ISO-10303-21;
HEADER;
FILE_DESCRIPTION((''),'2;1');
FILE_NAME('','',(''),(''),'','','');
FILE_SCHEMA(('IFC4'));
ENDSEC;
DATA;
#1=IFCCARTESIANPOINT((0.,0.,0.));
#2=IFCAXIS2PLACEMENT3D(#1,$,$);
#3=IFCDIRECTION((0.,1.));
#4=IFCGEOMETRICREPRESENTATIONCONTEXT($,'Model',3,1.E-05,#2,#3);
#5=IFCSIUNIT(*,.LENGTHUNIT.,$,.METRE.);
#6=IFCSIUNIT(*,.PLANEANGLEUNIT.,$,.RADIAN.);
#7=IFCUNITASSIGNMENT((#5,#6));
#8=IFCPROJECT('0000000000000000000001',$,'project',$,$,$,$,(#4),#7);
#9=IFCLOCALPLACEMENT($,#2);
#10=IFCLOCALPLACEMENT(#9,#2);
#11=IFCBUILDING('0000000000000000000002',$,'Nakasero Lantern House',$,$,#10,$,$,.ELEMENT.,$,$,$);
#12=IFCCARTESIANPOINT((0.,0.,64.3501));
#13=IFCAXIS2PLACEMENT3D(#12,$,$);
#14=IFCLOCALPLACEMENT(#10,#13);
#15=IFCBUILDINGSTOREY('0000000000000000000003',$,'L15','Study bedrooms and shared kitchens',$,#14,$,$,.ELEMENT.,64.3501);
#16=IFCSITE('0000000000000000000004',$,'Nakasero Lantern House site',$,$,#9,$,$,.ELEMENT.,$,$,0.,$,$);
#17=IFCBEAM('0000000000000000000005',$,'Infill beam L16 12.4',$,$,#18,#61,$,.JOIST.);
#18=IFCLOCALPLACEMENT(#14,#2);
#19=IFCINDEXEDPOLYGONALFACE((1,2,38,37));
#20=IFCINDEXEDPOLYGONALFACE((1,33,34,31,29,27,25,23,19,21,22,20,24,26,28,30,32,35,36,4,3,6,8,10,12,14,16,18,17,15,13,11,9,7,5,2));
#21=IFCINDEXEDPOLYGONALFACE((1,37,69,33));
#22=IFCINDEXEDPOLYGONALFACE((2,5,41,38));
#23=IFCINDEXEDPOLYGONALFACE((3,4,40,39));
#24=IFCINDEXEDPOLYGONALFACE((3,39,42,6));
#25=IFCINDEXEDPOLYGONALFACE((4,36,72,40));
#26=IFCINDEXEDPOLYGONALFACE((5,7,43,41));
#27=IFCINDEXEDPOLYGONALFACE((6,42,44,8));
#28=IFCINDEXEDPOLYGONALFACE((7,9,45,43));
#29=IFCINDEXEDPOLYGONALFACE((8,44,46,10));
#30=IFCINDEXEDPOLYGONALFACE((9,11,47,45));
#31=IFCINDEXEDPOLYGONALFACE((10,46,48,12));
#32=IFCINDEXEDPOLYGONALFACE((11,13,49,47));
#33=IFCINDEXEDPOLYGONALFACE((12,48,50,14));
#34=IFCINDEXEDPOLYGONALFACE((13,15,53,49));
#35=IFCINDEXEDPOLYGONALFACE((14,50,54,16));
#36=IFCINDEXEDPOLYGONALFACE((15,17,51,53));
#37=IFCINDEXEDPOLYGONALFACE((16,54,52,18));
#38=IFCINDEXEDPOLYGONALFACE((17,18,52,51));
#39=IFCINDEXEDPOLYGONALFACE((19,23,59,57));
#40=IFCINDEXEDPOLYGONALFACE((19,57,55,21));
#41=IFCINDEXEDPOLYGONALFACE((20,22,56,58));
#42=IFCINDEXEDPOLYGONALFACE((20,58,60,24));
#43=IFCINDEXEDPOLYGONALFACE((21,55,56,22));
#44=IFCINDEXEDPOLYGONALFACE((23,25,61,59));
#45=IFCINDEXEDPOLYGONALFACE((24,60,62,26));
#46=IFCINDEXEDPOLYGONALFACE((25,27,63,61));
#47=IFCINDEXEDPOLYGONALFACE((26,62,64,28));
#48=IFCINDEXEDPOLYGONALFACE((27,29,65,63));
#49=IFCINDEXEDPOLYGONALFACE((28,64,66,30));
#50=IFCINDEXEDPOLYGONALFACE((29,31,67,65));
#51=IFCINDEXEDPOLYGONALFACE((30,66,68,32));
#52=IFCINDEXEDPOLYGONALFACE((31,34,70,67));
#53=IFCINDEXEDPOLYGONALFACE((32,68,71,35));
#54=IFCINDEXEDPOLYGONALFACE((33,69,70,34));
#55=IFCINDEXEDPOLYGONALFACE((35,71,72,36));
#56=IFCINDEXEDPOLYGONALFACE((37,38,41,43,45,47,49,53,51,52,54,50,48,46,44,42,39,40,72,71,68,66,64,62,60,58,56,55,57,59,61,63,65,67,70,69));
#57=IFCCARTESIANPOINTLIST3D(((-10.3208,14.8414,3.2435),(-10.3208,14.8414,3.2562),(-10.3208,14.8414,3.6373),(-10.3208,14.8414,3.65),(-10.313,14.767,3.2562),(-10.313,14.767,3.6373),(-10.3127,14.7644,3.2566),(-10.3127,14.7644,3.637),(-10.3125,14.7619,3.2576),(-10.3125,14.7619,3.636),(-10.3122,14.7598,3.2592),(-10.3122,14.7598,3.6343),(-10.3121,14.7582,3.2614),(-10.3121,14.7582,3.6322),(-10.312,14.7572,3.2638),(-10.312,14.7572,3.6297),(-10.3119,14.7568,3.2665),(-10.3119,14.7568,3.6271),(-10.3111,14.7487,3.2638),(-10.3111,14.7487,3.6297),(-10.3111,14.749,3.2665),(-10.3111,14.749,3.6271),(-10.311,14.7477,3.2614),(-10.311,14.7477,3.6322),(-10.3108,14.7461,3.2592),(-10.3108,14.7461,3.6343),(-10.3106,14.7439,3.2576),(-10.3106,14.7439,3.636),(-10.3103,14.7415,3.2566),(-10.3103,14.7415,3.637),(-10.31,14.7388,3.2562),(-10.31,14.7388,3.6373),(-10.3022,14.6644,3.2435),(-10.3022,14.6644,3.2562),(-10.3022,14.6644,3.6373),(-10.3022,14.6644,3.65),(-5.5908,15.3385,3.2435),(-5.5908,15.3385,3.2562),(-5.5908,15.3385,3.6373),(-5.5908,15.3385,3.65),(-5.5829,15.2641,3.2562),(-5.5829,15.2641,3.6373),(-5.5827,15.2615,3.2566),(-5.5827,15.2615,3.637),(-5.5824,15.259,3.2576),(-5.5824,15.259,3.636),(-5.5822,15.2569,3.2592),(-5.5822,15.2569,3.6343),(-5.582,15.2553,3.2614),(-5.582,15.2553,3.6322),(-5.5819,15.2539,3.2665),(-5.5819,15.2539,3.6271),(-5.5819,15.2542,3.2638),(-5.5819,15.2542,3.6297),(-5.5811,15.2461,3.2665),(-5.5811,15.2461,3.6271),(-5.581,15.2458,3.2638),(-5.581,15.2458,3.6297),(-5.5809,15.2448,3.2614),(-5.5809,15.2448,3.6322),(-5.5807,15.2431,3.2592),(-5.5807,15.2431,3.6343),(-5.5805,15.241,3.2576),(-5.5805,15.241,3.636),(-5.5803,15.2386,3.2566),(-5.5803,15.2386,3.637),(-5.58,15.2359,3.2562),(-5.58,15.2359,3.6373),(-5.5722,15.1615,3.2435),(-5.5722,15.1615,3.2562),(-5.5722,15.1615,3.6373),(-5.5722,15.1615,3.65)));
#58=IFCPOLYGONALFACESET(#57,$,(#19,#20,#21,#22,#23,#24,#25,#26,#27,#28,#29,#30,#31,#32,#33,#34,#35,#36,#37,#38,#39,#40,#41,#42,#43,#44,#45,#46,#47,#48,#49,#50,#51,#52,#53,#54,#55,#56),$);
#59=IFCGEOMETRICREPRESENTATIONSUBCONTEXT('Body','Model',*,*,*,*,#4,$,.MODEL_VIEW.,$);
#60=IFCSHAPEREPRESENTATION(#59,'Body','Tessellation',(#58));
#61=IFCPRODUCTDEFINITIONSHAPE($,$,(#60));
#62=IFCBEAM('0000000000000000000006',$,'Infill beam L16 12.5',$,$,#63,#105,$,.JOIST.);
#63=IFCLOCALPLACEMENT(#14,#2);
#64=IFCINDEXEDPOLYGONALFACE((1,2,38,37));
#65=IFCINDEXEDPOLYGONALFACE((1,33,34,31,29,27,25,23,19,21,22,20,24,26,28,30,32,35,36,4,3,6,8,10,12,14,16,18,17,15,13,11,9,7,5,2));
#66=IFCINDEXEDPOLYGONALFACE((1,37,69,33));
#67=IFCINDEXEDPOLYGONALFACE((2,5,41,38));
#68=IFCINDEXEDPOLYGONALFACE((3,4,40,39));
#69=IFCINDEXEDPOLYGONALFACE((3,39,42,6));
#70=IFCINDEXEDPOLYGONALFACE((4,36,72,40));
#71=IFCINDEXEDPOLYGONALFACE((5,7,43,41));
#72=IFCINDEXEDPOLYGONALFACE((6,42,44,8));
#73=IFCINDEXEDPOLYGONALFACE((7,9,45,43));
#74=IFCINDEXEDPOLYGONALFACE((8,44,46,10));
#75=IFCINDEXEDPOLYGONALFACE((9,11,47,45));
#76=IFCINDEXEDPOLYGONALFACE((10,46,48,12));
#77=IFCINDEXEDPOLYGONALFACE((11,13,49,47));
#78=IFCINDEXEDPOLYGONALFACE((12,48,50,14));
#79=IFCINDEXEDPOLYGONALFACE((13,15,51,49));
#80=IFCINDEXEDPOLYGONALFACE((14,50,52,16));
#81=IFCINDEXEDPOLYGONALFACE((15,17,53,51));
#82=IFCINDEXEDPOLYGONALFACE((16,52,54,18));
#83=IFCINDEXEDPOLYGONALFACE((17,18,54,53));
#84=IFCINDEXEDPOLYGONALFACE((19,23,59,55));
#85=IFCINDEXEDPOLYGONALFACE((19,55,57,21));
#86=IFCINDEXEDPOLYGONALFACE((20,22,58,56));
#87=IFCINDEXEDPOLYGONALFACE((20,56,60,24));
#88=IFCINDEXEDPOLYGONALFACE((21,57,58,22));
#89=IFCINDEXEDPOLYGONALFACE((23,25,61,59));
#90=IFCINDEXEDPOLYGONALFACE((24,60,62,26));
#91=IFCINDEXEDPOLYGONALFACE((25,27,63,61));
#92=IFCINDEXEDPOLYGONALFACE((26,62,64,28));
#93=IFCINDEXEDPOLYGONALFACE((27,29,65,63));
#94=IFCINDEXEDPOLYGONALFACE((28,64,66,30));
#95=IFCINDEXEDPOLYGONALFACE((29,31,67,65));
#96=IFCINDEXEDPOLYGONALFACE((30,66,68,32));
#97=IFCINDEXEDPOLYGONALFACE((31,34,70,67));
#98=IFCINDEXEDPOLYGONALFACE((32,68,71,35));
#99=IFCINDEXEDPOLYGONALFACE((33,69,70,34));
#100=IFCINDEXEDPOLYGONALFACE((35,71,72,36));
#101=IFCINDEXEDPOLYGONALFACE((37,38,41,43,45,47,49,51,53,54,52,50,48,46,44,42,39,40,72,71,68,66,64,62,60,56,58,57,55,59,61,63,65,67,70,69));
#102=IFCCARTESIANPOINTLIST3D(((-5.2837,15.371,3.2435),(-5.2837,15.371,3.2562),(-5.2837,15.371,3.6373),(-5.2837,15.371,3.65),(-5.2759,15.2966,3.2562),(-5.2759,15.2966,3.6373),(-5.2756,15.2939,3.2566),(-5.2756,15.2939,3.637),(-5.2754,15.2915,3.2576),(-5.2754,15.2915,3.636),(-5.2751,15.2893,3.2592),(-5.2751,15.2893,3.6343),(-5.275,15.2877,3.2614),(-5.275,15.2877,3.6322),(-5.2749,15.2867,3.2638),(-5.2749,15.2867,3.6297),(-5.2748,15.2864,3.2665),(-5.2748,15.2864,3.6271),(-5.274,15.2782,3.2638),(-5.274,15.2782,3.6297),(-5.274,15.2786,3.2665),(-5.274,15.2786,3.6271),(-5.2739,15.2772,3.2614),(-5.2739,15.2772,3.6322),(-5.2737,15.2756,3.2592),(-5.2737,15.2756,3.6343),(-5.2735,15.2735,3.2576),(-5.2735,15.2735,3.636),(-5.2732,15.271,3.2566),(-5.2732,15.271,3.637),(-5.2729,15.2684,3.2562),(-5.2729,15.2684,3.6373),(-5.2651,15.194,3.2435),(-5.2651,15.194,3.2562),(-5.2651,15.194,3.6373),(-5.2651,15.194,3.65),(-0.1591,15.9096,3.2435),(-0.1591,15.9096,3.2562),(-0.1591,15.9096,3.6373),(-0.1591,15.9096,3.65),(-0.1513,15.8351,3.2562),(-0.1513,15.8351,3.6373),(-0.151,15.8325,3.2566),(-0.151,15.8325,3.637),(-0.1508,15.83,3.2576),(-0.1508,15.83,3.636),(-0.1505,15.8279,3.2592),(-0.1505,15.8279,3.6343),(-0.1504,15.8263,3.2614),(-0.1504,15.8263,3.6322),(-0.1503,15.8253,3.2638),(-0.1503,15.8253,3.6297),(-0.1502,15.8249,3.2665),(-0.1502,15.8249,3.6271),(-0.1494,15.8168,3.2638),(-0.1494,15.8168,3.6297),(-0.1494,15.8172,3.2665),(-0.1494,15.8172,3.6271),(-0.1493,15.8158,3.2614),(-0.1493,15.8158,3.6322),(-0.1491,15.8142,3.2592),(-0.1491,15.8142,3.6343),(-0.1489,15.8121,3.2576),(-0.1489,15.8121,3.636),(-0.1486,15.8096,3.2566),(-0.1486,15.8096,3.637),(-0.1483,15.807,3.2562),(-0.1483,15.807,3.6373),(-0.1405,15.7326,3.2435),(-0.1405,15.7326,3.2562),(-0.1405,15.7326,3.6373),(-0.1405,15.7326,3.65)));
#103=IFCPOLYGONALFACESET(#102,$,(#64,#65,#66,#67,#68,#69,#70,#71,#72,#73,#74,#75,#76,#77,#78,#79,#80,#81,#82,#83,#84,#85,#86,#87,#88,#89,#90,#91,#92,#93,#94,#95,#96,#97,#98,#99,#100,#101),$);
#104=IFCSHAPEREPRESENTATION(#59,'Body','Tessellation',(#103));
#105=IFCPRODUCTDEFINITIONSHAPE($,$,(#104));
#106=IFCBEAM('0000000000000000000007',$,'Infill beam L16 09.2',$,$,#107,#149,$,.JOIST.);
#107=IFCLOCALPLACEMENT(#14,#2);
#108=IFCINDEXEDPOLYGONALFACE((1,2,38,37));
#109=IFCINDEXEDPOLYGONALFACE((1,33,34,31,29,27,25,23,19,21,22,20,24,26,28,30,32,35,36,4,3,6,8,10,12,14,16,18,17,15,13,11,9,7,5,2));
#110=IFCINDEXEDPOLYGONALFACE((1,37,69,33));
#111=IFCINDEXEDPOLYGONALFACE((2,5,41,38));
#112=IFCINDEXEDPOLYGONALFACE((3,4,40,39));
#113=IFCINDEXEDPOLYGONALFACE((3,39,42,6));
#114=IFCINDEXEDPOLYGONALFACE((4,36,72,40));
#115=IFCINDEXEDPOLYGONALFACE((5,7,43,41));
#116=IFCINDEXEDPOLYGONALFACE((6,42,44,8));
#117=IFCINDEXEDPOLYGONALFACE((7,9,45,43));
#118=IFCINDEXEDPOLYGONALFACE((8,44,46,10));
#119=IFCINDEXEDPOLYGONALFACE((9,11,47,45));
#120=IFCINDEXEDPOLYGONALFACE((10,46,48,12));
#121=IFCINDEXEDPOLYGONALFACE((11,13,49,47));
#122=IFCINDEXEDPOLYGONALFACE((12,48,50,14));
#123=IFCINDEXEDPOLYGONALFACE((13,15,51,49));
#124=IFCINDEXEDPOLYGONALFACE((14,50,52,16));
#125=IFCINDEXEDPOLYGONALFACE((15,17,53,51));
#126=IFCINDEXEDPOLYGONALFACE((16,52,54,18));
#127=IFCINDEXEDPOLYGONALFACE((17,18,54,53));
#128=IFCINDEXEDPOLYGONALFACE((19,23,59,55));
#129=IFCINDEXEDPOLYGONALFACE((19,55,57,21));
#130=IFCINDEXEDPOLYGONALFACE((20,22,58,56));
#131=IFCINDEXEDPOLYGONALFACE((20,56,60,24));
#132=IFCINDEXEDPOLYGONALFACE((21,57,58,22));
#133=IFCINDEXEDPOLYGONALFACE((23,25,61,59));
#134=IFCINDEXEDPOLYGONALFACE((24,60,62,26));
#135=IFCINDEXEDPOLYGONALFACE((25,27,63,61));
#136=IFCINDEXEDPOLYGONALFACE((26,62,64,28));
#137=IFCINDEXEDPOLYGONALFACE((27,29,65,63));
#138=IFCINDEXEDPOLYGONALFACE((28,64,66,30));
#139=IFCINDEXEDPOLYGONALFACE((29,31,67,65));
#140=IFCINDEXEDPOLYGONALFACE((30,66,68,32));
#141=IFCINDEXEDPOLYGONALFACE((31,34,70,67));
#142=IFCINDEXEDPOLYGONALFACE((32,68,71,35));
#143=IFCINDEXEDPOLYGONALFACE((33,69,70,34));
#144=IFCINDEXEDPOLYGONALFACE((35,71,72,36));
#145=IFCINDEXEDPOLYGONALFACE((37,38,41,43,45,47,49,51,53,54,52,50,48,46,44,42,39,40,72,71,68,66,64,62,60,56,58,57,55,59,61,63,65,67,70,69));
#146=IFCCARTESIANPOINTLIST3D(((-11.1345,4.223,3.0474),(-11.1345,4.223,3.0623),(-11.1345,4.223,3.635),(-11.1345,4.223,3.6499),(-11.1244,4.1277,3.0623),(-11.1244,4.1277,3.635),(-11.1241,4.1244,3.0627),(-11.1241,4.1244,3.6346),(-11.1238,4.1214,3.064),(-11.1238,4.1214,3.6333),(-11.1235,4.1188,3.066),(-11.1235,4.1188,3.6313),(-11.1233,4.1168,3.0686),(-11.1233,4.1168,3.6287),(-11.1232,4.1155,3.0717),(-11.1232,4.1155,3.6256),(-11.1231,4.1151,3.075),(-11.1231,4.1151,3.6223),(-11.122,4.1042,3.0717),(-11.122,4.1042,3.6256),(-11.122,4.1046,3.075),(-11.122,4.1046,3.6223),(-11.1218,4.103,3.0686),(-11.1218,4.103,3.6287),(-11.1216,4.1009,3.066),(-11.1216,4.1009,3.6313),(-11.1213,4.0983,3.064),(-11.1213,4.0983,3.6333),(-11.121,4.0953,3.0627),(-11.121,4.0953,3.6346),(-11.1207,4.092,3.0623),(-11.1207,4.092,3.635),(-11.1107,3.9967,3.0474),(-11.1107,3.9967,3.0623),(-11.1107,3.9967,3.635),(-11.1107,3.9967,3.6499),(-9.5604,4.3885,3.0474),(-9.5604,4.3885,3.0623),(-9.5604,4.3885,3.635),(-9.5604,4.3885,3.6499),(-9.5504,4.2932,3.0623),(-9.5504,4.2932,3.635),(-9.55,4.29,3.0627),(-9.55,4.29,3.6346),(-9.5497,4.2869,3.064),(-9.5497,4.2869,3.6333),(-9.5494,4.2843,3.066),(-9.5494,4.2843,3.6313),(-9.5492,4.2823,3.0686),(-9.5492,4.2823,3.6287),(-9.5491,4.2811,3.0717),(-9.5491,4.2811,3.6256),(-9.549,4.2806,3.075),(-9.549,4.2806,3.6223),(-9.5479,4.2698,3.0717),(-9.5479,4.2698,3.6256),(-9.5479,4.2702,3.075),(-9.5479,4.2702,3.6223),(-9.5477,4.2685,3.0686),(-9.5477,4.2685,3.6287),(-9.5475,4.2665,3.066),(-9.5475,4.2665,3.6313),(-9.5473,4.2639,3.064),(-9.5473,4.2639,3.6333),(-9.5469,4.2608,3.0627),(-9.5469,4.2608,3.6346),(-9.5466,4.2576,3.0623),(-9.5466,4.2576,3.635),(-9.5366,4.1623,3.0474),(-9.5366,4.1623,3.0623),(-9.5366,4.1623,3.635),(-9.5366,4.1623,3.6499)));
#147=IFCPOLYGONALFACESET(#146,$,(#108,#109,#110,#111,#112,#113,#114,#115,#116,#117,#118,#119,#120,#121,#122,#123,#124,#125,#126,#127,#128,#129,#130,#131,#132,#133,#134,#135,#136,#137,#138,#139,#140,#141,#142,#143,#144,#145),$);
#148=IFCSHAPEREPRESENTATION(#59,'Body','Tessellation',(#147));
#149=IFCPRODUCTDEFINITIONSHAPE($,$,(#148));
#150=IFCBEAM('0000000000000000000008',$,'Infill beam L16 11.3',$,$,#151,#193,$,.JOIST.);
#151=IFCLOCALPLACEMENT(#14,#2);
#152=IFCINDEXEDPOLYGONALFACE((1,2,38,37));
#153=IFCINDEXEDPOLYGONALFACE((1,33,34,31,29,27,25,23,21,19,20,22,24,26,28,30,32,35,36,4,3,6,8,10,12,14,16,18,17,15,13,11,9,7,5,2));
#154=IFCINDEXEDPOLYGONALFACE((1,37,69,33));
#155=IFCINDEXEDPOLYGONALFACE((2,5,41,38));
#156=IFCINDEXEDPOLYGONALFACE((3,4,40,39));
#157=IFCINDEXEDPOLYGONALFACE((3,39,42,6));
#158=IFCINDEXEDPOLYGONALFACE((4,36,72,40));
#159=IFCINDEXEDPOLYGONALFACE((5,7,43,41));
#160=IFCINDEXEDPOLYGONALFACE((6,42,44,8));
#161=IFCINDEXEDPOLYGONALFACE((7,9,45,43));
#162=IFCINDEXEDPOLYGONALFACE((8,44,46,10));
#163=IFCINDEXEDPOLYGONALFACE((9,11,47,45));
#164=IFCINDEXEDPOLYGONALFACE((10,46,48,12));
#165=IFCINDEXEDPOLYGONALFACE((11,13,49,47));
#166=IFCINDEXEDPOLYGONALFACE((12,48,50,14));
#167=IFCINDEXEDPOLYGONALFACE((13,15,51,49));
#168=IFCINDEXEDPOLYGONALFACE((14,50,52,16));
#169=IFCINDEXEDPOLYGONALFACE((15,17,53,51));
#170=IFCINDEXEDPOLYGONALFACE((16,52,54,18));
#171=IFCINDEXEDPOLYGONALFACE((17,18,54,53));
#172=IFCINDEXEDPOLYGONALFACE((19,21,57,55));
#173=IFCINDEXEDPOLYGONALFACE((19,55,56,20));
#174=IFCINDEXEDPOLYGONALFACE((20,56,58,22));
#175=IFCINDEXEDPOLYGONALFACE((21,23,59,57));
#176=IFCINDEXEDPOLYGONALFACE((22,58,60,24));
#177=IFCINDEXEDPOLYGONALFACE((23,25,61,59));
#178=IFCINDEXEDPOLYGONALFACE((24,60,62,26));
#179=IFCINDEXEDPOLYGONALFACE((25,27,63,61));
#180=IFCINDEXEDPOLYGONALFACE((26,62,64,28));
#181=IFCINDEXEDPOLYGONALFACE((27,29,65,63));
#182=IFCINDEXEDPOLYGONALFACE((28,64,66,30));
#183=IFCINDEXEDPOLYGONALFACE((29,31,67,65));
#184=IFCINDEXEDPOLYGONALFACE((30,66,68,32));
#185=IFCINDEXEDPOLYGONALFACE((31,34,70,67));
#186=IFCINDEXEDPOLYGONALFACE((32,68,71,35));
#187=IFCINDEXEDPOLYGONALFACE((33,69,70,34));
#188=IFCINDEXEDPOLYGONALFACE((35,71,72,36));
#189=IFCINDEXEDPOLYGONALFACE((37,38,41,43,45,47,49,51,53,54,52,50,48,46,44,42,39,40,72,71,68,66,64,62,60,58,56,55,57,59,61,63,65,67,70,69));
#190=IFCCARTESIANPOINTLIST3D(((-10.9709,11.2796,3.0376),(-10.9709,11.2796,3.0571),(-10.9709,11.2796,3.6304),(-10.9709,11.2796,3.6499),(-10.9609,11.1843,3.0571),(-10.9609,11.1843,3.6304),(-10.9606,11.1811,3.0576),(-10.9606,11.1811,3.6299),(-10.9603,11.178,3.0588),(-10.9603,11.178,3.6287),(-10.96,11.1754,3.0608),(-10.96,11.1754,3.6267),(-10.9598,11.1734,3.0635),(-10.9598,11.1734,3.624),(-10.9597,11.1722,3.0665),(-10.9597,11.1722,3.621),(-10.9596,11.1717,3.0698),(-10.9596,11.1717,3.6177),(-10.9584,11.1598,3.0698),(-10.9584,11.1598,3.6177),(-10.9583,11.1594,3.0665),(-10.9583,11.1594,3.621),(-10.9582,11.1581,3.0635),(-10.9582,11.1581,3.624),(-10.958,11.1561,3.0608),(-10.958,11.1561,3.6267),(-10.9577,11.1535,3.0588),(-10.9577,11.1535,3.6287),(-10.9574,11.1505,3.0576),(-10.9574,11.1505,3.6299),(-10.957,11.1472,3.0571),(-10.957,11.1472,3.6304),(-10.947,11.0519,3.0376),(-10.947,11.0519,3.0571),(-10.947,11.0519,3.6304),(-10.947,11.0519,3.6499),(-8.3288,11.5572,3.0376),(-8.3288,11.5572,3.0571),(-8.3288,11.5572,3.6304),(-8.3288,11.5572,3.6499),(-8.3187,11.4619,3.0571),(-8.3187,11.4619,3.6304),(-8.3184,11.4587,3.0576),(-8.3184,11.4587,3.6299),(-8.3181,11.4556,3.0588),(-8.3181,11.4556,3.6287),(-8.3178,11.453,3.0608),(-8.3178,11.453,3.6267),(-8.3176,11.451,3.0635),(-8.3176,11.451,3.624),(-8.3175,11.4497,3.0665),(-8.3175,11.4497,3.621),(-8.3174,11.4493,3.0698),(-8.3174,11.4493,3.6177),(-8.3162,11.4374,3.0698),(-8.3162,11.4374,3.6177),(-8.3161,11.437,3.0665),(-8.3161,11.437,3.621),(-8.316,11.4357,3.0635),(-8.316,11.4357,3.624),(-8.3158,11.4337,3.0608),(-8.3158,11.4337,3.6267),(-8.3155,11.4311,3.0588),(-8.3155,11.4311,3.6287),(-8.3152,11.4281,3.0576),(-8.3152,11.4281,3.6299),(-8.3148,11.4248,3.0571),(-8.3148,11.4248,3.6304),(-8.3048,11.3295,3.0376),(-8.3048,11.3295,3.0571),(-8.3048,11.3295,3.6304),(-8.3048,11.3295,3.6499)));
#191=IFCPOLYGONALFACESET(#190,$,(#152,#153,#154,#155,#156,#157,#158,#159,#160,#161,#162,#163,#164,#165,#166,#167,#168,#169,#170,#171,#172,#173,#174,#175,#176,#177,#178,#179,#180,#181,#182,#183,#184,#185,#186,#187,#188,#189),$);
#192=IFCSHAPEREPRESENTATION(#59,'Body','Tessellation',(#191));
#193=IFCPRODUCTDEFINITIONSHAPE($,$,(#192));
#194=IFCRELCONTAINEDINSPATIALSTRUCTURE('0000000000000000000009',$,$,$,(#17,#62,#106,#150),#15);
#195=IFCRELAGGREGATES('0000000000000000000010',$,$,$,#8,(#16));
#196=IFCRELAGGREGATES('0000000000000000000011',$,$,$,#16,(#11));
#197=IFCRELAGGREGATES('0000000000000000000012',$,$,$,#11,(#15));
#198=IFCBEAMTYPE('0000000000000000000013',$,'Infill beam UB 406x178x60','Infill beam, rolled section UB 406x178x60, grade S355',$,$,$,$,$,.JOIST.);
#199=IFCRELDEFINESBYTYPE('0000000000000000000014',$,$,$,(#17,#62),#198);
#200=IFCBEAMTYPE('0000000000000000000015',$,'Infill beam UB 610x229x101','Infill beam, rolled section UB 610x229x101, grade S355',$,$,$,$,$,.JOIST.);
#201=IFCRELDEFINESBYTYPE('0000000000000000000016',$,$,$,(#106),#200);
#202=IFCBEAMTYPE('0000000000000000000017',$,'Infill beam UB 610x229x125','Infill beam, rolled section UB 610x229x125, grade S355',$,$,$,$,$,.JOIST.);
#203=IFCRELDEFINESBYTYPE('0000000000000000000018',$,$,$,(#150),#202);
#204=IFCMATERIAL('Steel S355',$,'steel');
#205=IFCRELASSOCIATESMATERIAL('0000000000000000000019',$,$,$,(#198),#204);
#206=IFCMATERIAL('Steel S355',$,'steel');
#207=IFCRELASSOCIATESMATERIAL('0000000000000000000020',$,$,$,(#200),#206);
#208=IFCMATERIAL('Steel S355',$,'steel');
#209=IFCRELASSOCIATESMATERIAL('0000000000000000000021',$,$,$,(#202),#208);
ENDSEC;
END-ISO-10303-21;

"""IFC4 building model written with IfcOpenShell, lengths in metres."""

from ifc_helpers import new_model, si_unit, direction, frame, origin, origin_2d, place, context, subcontext, project, spatial, i_section, extrude, material, material_profile, profile_set, type_object, element, save


model = new_model("IFC4")

# Units and contexts
model_context = context("Model", 3, precision=1e-05, world=origin(), true_north=direction((0.0, 1.0)))
body_context = subcontext(model_context, "Body", "Model", "MODEL_VIEW")
ifc_project = project(units=[si_unit("LENGTHUNIT", "METRE"), si_unit("PLANEANGLEUNIT", "RADIAN")], contexts=[model_context])

# Site, building, storey
site_placement = place(None, origin())
site = spatial("IfcSite", under=ifc_project, at=site_placement, Name="Nakasero Lantern House site", CompositionType="ELEMENT", RefElevation=0.0)
building_placement = place(site_placement, origin())
building = spatial("IfcBuilding", under=site, at=building_placement, Name="Nakasero Lantern House", CompositionType="ELEMENT")
storey_placement = place(building_placement, frame((0.0, 0.0, 64.3501)))
storey = spatial("IfcBuildingStorey", under=building, at=storey_placement, Name="L15", Description="Study bedrooms and shared kitchens", CompositionType="ELEMENT", Elevation=64.3501)

# Beams
ifc_material_1 = material(Name="Steel S355", Category="steel")
ifc_material_profile_1 = material_profile(ifc_material_1, i_section(OverallWidth=0.178, OverallDepth=0.4065, WebThickness=0.0078, FlangeThickness=0.0127, FilletRadius=0.0103, at=origin_2d()), Name="UB 406x178x60")
ifc_profile_set_1 = profile_set([ifc_material_profile_1], Name="Steel S355")
beam_type_1 = type_object("IfcBeamType", Name="Infill beam UB 406x178x60", Description="Infill beam, rolled section UB 406x178x60, grade S355", PredefinedType="JOIST", material=ifc_profile_set_1)
beam_1_placement = place(storey_placement, frame((-10.3115, 14.7529, 3.4468), z_axis=(0.994523, 0.104514, 0.0), x_axis=(-0.104514, 0.994523, 0.0)))
element("IfcBeam", 1, at=beam_1_placement, inside=storey, type_object=beam_type_1, Name="Infill beam L16 12.4", PredefinedType="JOIST", context=body_context, shape_type="SweptSolid", body=[
    extrude(i_section(OverallWidth=0.178, OverallDepth=0.4065, WebThickness=0.0078, FlangeThickness=0.0127, FilletRadius=0.0103, at=origin_2d()), origin(), (0.0, 0.0, 1.0), 4.7561),
])
beam_2_placement = place(storey_placement, frame((-5.2744, 15.2825, 3.4468), z_axis=(0.994523, 0.104522, 0.0), x_axis=(-0.104522, 0.994523, 0.0)))
element("IfcBeam", 2, at=beam_2_placement, inside=storey, type_object=beam_type_1, Name="Infill beam L16 12.5", PredefinedType="JOIST", context=body_context, shape_type="SweptSolid", body=[
    extrude(i_section(OverallWidth=0.178, OverallDepth=0.4065, WebThickness=0.0078, FlangeThickness=0.0127, FilletRadius=0.0103, at=origin_2d()), origin(), (0.0, 0.0, 1.0), 5.1528),
])
ifc_material_2 = material(Name="Steel S355", Category="steel")
ifc_material_profile_2 = material_profile(ifc_material_2, i_section(OverallWidth=0.2275, OverallDepth=0.6025, WebThickness=0.0105, FlangeThickness=0.0149, FilletRadius=0.0127, at=origin_2d()), Name="UB 610x229x101")
ifc_profile_set_2 = profile_set([ifc_material_profile_2], Name="Steel S355")
beam_type_2 = type_object("IfcBeamType", Name="Infill beam UB 610x229x101", Description="Infill beam, rolled section UB 610x229x101, grade S355", PredefinedType="JOIST", material=ifc_profile_set_2)
beam_3_placement = place(storey_placement, frame((-11.1226, 4.1099, 3.3486), z_axis=(0.994516, 0.104588, 0.0), x_axis=(-0.104588, 0.994516, 0.0)))
element("IfcBeam", 3, at=beam_3_placement, inside=storey, type_object=beam_type_2, Name="Infill beam L16 09.2", PredefinedType="JOIST", context=body_context, shape_type="SweptSolid", body=[
    extrude(i_section(OverallWidth=0.2275, OverallDepth=0.6025, WebThickness=0.0105, FlangeThickness=0.0149, FilletRadius=0.0127, at=origin_2d()), origin(), (0.0, 0.0, 1.0), 1.5828),
])
ifc_material_3 = material(Name="Steel S355", Category="steel")
ifc_material_profile_3 = material_profile(ifc_material_3, i_section(OverallWidth=0.229, OverallDepth=0.6123, WebThickness=0.012, FlangeThickness=0.0195, FilletRadius=0.0127, at=origin_2d()), Name="UB 610x229x125")
ifc_profile_set_3 = profile_set([ifc_material_profile_3], Name="Steel S355")
beam_type_3 = type_object("IfcBeamType", Name="Infill beam UB 610x229x125", Description="Infill beam, rolled section UB 610x229x125, grade S355", PredefinedType="JOIST", material=ifc_profile_set_3)
beam_4_placement = place(storey_placement, frame((-10.959, 11.1658, 3.3438), z_axis=(0.994526, 0.104489, 0.0), x_axis=(-0.104489, 0.994526, 0.0)))
element("IfcBeam", 4, at=beam_4_placement, inside=storey, type_object=beam_type_3, Name="Infill beam L16 11.3", PredefinedType="JOIST", context=body_context, shape_type="SweptSolid", body=[
    extrude(i_section(OverallWidth=0.229, OverallDepth=0.6123, WebThickness=0.012, FlangeThickness=0.0195, FilletRadius=0.0127, at=origin_2d()), origin(), (0.0, 0.0, 1.0), 2.6567),
])

save(model, "model.ifc")
